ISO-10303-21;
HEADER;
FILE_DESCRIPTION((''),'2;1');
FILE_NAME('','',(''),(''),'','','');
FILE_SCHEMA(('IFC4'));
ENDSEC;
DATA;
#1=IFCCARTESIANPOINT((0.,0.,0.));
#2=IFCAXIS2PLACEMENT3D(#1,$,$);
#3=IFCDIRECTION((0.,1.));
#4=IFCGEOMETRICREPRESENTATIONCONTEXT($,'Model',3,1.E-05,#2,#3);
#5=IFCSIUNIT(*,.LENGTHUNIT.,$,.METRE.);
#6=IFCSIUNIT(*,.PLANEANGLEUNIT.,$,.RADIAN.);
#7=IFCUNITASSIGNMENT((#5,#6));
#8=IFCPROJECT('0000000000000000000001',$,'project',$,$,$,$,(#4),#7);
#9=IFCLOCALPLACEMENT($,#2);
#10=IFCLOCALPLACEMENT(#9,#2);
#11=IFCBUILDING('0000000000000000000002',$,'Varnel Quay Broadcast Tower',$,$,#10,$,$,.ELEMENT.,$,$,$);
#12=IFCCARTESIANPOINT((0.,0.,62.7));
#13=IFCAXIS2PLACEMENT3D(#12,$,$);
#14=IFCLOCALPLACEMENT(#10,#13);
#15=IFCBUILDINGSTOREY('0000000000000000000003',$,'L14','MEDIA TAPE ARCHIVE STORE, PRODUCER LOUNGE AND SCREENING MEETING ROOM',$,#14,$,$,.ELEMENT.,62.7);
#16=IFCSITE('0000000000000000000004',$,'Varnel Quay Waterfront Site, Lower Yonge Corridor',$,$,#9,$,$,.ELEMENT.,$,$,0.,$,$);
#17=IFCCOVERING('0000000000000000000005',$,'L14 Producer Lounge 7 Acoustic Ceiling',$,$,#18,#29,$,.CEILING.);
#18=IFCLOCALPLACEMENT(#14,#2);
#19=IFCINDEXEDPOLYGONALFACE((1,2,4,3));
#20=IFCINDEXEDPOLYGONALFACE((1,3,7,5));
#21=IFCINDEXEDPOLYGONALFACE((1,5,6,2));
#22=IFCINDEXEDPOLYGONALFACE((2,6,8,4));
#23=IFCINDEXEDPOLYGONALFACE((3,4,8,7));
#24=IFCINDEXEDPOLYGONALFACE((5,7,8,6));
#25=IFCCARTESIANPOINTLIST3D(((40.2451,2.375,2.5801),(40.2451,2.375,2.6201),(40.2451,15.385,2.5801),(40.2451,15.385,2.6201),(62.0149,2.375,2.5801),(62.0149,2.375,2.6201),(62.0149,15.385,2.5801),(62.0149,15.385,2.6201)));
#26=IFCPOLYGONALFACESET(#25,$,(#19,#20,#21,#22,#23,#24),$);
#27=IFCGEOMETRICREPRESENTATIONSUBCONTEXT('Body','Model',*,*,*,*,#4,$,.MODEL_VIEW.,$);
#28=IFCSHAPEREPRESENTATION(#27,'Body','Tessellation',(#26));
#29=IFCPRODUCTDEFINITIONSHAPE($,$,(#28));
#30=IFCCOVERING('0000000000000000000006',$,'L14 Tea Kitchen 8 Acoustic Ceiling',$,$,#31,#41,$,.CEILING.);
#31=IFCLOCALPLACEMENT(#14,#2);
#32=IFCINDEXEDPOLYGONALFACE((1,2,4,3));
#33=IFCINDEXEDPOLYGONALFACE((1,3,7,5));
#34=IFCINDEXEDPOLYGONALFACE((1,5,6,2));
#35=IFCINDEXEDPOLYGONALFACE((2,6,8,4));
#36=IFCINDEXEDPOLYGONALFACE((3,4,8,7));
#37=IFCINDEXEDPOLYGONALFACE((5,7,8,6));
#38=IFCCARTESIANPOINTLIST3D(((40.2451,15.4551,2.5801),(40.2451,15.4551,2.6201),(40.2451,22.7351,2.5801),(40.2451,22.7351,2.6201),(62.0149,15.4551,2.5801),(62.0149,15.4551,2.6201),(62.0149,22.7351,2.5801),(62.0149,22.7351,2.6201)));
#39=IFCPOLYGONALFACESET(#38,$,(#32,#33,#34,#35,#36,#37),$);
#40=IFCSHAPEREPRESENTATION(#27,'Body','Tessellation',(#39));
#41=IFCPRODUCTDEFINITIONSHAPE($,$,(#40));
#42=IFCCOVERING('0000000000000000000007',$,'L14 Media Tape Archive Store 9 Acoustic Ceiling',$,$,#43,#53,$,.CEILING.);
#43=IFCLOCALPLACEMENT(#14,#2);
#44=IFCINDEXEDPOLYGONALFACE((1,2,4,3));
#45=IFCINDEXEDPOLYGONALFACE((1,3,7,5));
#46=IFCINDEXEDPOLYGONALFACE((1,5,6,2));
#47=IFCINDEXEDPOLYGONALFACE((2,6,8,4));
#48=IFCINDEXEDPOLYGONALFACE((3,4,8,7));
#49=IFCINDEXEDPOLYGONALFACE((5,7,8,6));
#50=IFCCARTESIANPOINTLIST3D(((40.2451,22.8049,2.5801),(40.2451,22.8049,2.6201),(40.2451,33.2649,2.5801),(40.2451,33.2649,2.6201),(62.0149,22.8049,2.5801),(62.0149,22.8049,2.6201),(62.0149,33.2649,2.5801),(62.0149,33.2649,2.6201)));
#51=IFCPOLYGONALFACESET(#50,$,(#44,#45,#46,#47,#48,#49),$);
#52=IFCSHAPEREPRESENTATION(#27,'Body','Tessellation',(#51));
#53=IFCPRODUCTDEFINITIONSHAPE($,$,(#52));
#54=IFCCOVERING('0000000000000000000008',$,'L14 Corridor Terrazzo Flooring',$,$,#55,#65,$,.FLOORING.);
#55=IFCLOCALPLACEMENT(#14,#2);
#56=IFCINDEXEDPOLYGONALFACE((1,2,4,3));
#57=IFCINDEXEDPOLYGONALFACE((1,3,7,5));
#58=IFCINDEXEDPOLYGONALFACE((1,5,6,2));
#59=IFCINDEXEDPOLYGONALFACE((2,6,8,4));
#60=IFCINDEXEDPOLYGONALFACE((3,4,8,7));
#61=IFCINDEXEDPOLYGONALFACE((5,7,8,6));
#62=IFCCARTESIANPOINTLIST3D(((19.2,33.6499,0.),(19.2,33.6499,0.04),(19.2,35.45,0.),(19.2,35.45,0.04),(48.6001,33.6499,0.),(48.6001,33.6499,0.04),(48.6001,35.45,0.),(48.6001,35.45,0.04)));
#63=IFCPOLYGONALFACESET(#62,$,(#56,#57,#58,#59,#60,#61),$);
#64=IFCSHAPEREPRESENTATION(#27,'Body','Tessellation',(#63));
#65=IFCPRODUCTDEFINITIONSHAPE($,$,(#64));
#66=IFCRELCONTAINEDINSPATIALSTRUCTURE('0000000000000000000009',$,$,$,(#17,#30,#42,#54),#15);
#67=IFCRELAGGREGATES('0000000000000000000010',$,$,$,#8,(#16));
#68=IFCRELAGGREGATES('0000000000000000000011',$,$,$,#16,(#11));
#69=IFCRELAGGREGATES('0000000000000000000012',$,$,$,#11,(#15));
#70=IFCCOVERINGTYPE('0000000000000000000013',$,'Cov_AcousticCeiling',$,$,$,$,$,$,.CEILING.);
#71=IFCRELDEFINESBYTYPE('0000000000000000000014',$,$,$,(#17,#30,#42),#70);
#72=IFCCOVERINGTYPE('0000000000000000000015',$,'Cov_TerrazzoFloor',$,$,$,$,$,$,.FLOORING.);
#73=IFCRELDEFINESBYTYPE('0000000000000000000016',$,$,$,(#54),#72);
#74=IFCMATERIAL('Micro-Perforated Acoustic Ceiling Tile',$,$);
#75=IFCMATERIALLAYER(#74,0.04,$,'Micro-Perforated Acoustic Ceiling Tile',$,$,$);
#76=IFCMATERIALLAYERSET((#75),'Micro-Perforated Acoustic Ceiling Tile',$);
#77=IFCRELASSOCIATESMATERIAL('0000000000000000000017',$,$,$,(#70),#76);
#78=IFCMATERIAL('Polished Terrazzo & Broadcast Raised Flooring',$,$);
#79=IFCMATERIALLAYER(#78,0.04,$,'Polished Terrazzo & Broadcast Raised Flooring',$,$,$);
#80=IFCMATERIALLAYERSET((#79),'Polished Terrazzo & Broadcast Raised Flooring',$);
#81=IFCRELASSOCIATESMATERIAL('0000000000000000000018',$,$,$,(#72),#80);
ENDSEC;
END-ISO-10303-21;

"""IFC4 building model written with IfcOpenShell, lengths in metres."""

from ifc_helpers import new_model, si_unit, direction, frame, origin, place, context, subcontext, project, spatial, polyline, outline, extrude, material, layer, layer_set, type_object, element, save


model = new_model("IFC4")

# Units and contexts
model_context = context("Model", 3, precision=1e-05, world=origin(), true_north=direction((0.0, 1.0)))
body_context = subcontext(model_context, "Body", "Model", "MODEL_VIEW")
ifc_project = project(units=[si_unit("LENGTHUNIT", "METRE"), si_unit("PLANEANGLEUNIT", "RADIAN")], contexts=[model_context])

# Site, building, storey
site_placement = place(None, origin())
site = spatial("IfcSite", under=ifc_project, at=site_placement, Name="Varnel Quay Waterfront Site, Lower Yonge Corridor", CompositionType="ELEMENT", RefElevation=0.0)
building_placement = place(site_placement, origin())
building = spatial("IfcBuilding", under=site, at=building_placement, Name="Varnel Quay Broadcast Tower", CompositionType="ELEMENT")
storey_placement = place(building_placement, frame((0.0, 0.0, 62.7)))
storey = spatial("IfcBuildingStorey", under=building, at=storey_placement, Name="L14", Description="MEDIA TAPE ARCHIVE STORE, PRODUCER LOUNGE AND SCREENING MEETING ROOM", CompositionType="ELEMENT", Elevation=62.7)

# Coverings
ifc_material_1 = material(Name="Micro-Perforated Acoustic Ceiling Tile")
ifc_layer_1 = layer(ifc_material_1, 0.04, Name="Micro-Perforated Acoustic Ceiling Tile")
ifc_layer_set_1 = layer_set([ifc_layer_1], Name="Micro-Perforated Acoustic Ceiling Tile")
covering_type_1 = type_object("IfcCoveringType", Name="Cov_AcousticCeiling", PredefinedType="CEILING", material=ifc_layer_set_1)
covering_1_placement = place(storey_placement, frame((0.0, 0.0, 2.5801)))
element("IfcCovering", 1, at=covering_1_placement, inside=storey, type_object=covering_type_1, Name="L14 Producer Lounge 7 Acoustic Ceiling", PredefinedType="CEILING", context=body_context, shape_type="SweptSolid", body=[
    extrude(outline(polyline([(40.2451, 2.375), (62.0149, 2.375), (62.0149, 15.385), (40.2451, 15.385), (40.2451, 2.375)])), origin(), (0.0, 0.0, 1.0), 0.04),
])
covering_2_placement = place(storey_placement, frame((0.0, 0.0, 2.5801)))
element("IfcCovering", 2, at=covering_2_placement, inside=storey, type_object=covering_type_1, Name="L14 Tea Kitchen 8 Acoustic Ceiling", PredefinedType="CEILING", context=body_context, shape_type="SweptSolid", body=[
    extrude(outline(polyline([(40.2451, 15.4551), (62.0149, 15.4551), (62.0149, 22.7351), (40.2451, 22.7351), (40.2451, 15.4551)])), origin(), (0.0, 0.0, 1.0), 0.04),
])
covering_3_placement = place(storey_placement, frame((0.0, 0.0, 2.5801)))
element("IfcCovering", 3, at=covering_3_placement, inside=storey, type_object=covering_type_1, Name="L14 Media Tape Archive Store 9 Acoustic Ceiling", PredefinedType="CEILING", context=body_context, shape_type="SweptSolid", body=[
    extrude(outline(polyline([(40.2451, 22.8049), (62.0149, 22.8049), (62.0149, 33.2649), (40.2451, 33.2649), (40.2451, 22.8049)])), origin(), (0.0, 0.0, 1.0), 0.04),
])
ifc_material_2 = material(Name="Polished Terrazzo & Broadcast Raised Flooring")
ifc_layer_2 = layer(ifc_material_2, 0.04, Name="Polished Terrazzo & Broadcast Raised Flooring")
ifc_layer_set_2 = layer_set([ifc_layer_2], Name="Polished Terrazzo & Broadcast Raised Flooring")
covering_type_2 = type_object("IfcCoveringType", Name="Cov_TerrazzoFloor", PredefinedType="FLOORING", material=ifc_layer_set_2)
covering_4_placement = place(storey_placement, origin())
element("IfcCovering", 4, at=covering_4_placement, inside=storey, type_object=covering_type_2, Name="L14 Corridor Terrazzo Flooring", PredefinedType="FLOORING", context=body_context, shape_type="SweptSolid", body=[
    extrude(outline(polyline([(19.2, 33.6499), (48.6001, 33.6499), (48.6001, 35.45), (19.2, 35.45), (19.2, 33.6499)])), origin(), (0.0, 0.0, 1.0), 0.04),
])

save(model, "model.ifc")
